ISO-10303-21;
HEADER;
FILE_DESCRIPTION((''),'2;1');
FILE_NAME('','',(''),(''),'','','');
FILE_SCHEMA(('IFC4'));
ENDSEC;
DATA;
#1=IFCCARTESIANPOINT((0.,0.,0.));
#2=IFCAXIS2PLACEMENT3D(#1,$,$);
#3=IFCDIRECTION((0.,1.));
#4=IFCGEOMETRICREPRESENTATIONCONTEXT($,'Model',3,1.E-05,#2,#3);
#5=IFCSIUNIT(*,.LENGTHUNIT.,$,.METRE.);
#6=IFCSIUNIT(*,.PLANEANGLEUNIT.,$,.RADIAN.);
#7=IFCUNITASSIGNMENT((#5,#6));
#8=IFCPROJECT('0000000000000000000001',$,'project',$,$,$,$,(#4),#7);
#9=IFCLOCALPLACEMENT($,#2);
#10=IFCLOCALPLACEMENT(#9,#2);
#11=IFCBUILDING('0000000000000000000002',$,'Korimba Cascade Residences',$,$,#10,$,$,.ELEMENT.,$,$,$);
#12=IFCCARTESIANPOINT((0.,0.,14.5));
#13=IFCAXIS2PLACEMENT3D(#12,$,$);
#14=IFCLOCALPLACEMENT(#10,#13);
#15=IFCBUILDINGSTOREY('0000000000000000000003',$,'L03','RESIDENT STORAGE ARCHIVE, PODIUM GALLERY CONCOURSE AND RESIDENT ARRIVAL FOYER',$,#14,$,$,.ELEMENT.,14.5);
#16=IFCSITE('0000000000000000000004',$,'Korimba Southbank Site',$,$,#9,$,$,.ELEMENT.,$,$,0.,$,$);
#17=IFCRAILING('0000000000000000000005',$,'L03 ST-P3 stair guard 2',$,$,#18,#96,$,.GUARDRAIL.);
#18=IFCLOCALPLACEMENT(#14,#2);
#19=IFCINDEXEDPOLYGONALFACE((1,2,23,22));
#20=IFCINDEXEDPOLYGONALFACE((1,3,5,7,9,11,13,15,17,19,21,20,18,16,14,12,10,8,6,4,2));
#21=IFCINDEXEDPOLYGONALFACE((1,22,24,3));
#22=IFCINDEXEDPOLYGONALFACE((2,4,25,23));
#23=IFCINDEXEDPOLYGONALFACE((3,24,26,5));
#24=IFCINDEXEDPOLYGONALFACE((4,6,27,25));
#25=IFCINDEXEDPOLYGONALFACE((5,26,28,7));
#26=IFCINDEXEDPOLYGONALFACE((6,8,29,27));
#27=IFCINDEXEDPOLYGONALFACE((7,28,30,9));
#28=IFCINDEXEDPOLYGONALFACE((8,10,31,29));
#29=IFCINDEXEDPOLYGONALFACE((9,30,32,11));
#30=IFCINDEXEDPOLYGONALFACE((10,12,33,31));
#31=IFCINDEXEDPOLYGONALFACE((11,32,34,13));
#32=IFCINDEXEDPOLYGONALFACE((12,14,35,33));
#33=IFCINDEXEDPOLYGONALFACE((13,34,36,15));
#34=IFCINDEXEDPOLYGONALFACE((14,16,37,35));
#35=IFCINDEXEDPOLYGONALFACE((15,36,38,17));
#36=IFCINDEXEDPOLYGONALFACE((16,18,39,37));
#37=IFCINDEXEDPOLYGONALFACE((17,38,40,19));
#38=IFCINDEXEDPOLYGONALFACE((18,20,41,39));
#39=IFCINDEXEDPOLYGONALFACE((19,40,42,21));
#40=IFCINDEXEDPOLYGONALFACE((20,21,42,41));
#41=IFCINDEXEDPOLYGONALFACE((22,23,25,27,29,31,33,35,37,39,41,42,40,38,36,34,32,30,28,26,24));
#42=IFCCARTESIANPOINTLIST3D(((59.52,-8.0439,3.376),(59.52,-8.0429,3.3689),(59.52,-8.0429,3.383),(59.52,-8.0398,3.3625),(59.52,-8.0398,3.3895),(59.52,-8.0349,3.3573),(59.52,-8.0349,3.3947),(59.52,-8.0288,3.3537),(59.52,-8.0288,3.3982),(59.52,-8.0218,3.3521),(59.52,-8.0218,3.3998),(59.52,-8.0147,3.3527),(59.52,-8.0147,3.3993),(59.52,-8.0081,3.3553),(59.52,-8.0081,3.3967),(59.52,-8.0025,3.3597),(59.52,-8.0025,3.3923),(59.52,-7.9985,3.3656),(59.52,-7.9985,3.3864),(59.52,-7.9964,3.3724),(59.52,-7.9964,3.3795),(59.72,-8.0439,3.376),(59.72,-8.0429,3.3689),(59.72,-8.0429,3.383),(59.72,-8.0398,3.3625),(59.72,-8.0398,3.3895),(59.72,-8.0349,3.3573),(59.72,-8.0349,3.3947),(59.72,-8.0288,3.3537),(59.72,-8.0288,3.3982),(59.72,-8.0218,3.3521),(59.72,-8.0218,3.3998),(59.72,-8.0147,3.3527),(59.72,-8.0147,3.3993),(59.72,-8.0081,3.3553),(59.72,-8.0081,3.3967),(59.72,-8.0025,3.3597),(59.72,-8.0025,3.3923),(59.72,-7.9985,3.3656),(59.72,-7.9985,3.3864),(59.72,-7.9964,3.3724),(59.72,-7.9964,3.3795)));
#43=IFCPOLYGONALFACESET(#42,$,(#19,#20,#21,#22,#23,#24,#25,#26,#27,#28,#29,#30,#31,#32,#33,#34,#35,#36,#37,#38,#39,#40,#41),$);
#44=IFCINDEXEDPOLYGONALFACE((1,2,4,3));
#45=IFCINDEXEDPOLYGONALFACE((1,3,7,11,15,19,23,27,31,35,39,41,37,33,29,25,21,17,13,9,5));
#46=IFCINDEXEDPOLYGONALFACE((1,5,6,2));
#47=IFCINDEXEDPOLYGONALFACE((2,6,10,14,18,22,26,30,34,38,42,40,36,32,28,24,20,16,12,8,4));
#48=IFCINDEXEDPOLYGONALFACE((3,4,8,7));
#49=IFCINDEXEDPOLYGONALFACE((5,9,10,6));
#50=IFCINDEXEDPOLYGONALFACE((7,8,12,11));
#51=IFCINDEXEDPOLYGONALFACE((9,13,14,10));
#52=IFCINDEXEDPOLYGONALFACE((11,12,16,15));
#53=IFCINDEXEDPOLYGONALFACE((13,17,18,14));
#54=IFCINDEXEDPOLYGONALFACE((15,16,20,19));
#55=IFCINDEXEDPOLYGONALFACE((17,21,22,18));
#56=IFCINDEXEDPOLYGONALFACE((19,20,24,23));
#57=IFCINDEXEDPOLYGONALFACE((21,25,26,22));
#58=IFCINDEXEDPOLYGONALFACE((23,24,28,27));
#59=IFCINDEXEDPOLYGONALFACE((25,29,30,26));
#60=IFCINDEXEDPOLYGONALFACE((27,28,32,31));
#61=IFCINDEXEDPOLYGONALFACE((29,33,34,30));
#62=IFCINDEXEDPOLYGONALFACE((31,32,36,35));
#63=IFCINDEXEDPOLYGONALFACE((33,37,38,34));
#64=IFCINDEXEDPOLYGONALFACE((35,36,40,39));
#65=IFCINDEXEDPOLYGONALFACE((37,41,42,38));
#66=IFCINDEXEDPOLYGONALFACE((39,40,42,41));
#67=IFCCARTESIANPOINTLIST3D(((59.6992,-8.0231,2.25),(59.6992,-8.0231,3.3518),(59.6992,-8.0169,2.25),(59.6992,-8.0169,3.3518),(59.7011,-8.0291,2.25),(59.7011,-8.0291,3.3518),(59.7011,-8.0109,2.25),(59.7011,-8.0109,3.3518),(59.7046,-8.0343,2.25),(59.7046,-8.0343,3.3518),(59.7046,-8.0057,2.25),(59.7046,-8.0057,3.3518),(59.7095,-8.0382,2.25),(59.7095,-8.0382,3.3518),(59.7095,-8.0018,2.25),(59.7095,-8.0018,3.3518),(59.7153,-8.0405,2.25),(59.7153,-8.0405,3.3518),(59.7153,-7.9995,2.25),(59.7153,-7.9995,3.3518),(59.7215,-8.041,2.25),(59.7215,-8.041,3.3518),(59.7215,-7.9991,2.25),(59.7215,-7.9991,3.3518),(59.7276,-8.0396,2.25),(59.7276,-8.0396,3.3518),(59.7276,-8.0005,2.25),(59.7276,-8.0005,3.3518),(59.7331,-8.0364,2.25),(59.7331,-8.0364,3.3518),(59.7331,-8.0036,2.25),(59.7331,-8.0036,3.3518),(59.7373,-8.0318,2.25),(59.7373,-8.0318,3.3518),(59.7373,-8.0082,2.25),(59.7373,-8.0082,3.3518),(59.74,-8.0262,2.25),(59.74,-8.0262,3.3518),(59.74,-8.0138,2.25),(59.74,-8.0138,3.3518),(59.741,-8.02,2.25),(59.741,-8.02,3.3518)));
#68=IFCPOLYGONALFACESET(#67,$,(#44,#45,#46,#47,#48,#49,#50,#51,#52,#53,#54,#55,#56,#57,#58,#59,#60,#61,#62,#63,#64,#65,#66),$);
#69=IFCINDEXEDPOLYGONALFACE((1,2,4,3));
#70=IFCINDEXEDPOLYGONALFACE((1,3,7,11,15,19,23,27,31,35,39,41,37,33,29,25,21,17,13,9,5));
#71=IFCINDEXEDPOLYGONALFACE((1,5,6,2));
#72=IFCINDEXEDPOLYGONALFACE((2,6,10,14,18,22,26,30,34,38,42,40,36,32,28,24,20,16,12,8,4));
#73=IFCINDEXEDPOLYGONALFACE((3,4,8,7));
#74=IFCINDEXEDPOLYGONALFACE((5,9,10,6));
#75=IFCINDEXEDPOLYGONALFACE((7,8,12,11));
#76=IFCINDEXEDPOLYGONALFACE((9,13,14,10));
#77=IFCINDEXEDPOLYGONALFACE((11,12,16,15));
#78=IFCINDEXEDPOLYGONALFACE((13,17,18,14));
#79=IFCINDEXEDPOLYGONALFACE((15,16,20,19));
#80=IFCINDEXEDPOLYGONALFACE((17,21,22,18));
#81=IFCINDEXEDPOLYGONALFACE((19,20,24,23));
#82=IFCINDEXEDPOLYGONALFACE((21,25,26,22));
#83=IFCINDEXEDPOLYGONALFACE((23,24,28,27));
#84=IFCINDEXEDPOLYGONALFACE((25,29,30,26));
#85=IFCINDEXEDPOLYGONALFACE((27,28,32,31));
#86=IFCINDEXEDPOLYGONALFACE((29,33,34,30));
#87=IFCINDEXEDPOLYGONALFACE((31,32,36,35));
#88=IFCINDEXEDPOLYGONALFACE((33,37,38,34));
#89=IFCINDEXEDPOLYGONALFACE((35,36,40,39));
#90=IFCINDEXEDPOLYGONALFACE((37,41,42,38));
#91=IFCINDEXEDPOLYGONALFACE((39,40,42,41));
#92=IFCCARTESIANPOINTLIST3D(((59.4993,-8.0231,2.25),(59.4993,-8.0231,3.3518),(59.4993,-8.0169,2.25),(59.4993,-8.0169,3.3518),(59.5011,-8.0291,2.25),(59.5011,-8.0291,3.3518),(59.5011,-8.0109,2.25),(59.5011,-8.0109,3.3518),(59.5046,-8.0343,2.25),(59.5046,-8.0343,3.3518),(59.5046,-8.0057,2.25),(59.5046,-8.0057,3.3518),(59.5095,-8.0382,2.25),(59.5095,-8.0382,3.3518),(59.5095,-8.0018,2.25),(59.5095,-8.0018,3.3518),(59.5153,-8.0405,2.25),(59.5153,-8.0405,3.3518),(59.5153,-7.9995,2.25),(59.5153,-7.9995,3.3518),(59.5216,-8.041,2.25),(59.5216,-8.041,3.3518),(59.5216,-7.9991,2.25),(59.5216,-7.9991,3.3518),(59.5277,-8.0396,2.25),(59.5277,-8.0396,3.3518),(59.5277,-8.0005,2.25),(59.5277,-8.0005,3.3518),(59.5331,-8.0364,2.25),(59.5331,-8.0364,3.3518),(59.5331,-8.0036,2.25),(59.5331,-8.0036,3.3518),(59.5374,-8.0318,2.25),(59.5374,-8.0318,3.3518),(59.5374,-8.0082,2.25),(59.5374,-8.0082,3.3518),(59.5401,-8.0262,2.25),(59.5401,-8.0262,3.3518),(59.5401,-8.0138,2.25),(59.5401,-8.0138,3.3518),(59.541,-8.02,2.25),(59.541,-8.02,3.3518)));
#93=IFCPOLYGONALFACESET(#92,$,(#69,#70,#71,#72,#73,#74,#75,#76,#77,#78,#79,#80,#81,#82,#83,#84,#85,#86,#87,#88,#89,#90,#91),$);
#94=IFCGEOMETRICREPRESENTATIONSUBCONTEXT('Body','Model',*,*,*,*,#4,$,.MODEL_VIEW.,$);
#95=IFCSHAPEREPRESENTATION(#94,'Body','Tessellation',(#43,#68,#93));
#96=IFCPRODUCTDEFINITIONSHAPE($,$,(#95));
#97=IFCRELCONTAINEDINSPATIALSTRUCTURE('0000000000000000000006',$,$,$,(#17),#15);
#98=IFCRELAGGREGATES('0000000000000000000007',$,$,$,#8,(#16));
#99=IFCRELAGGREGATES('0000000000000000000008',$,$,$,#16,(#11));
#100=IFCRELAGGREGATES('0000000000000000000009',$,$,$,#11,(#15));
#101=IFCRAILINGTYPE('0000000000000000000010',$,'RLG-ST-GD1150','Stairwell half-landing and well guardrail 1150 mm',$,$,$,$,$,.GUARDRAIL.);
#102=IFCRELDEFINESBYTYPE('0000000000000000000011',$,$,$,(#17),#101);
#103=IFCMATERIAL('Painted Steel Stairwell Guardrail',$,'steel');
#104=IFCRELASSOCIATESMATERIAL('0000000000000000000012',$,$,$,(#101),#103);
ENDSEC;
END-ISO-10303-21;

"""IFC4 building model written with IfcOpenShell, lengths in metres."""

from ifc_helpers import new_model, si_unit, direction, frame, origin, origin_2d, place, context, subcontext, project, spatial, circle, extrude, material, type_object, element, save


model = new_model("IFC4")

# Units and contexts
model_context = context("Model", 3, precision=1e-05, world=origin(), true_north=direction((0.0, 1.0)))
body_context = subcontext(model_context, "Body", "Model", "MODEL_VIEW")
ifc_project = project(units=[si_unit("LENGTHUNIT", "METRE"), si_unit("PLANEANGLEUNIT", "RADIAN")], contexts=[model_context])

# Site, building, storey
site_placement = place(None, origin())
site = spatial("IfcSite", under=ifc_project, at=site_placement, Name="Korimba Southbank Site", CompositionType="ELEMENT", RefElevation=0.0)
building_placement = place(site_placement, origin())
building = spatial("IfcBuilding", under=site, at=building_placement, Name="Korimba Cascade Residences", CompositionType="ELEMENT")
storey_placement = place(building_placement, frame((0.0, 0.0, 14.5)))
storey = spatial("IfcBuildingStorey", under=building, at=storey_placement, Name="L03", Description="RESIDENT STORAGE ARCHIVE, PODIUM GALLERY CONCOURSE AND RESIDENT ARRIVAL FOYER", CompositionType="ELEMENT", Elevation=14.5)

# Railing
ifc_material_1 = material(Name="Painted Steel Stairwell Guardrail", Category="steel")
railing_type_1 = type_object("IfcRailingType", Name="RLG-ST-GD1150", Description="Stairwell half-landing and well guardrail 1150 mm", PredefinedType="GUARDRAIL", material=ifc_material_1)
railing_1_placement = place(storey_placement, frame((59.72, -8.02, 2.25)))
element("IfcRailing", 1, at=railing_1_placement, inside=storey, type_object=railing_type_1, Name="L03 ST-P3 stair guard 2", PredefinedType="GUARDRAIL", context=body_context, shape_type="SweptSolid", body=[
    extrude(circle(Radius=0.0239, at=origin_2d()), frame((0.0, 0.0, 1.126), z_axis=(-1.0, 0.0, 0.0), x_axis=(0.0, -1.0, 0.0)), (0.0, 0.0, 1.0), 0.2),
    extrude(circle(Radius=0.021, at=origin_2d()), origin(), (0.0, 0.0, 1.0), 1.1018),
    extrude(circle(Radius=0.021, at=origin_2d()), frame((-0.2, 0.0, 0.0)), (0.0, 0.0, 1.0), 1.1018),
])

save(model, "model.ifc")
